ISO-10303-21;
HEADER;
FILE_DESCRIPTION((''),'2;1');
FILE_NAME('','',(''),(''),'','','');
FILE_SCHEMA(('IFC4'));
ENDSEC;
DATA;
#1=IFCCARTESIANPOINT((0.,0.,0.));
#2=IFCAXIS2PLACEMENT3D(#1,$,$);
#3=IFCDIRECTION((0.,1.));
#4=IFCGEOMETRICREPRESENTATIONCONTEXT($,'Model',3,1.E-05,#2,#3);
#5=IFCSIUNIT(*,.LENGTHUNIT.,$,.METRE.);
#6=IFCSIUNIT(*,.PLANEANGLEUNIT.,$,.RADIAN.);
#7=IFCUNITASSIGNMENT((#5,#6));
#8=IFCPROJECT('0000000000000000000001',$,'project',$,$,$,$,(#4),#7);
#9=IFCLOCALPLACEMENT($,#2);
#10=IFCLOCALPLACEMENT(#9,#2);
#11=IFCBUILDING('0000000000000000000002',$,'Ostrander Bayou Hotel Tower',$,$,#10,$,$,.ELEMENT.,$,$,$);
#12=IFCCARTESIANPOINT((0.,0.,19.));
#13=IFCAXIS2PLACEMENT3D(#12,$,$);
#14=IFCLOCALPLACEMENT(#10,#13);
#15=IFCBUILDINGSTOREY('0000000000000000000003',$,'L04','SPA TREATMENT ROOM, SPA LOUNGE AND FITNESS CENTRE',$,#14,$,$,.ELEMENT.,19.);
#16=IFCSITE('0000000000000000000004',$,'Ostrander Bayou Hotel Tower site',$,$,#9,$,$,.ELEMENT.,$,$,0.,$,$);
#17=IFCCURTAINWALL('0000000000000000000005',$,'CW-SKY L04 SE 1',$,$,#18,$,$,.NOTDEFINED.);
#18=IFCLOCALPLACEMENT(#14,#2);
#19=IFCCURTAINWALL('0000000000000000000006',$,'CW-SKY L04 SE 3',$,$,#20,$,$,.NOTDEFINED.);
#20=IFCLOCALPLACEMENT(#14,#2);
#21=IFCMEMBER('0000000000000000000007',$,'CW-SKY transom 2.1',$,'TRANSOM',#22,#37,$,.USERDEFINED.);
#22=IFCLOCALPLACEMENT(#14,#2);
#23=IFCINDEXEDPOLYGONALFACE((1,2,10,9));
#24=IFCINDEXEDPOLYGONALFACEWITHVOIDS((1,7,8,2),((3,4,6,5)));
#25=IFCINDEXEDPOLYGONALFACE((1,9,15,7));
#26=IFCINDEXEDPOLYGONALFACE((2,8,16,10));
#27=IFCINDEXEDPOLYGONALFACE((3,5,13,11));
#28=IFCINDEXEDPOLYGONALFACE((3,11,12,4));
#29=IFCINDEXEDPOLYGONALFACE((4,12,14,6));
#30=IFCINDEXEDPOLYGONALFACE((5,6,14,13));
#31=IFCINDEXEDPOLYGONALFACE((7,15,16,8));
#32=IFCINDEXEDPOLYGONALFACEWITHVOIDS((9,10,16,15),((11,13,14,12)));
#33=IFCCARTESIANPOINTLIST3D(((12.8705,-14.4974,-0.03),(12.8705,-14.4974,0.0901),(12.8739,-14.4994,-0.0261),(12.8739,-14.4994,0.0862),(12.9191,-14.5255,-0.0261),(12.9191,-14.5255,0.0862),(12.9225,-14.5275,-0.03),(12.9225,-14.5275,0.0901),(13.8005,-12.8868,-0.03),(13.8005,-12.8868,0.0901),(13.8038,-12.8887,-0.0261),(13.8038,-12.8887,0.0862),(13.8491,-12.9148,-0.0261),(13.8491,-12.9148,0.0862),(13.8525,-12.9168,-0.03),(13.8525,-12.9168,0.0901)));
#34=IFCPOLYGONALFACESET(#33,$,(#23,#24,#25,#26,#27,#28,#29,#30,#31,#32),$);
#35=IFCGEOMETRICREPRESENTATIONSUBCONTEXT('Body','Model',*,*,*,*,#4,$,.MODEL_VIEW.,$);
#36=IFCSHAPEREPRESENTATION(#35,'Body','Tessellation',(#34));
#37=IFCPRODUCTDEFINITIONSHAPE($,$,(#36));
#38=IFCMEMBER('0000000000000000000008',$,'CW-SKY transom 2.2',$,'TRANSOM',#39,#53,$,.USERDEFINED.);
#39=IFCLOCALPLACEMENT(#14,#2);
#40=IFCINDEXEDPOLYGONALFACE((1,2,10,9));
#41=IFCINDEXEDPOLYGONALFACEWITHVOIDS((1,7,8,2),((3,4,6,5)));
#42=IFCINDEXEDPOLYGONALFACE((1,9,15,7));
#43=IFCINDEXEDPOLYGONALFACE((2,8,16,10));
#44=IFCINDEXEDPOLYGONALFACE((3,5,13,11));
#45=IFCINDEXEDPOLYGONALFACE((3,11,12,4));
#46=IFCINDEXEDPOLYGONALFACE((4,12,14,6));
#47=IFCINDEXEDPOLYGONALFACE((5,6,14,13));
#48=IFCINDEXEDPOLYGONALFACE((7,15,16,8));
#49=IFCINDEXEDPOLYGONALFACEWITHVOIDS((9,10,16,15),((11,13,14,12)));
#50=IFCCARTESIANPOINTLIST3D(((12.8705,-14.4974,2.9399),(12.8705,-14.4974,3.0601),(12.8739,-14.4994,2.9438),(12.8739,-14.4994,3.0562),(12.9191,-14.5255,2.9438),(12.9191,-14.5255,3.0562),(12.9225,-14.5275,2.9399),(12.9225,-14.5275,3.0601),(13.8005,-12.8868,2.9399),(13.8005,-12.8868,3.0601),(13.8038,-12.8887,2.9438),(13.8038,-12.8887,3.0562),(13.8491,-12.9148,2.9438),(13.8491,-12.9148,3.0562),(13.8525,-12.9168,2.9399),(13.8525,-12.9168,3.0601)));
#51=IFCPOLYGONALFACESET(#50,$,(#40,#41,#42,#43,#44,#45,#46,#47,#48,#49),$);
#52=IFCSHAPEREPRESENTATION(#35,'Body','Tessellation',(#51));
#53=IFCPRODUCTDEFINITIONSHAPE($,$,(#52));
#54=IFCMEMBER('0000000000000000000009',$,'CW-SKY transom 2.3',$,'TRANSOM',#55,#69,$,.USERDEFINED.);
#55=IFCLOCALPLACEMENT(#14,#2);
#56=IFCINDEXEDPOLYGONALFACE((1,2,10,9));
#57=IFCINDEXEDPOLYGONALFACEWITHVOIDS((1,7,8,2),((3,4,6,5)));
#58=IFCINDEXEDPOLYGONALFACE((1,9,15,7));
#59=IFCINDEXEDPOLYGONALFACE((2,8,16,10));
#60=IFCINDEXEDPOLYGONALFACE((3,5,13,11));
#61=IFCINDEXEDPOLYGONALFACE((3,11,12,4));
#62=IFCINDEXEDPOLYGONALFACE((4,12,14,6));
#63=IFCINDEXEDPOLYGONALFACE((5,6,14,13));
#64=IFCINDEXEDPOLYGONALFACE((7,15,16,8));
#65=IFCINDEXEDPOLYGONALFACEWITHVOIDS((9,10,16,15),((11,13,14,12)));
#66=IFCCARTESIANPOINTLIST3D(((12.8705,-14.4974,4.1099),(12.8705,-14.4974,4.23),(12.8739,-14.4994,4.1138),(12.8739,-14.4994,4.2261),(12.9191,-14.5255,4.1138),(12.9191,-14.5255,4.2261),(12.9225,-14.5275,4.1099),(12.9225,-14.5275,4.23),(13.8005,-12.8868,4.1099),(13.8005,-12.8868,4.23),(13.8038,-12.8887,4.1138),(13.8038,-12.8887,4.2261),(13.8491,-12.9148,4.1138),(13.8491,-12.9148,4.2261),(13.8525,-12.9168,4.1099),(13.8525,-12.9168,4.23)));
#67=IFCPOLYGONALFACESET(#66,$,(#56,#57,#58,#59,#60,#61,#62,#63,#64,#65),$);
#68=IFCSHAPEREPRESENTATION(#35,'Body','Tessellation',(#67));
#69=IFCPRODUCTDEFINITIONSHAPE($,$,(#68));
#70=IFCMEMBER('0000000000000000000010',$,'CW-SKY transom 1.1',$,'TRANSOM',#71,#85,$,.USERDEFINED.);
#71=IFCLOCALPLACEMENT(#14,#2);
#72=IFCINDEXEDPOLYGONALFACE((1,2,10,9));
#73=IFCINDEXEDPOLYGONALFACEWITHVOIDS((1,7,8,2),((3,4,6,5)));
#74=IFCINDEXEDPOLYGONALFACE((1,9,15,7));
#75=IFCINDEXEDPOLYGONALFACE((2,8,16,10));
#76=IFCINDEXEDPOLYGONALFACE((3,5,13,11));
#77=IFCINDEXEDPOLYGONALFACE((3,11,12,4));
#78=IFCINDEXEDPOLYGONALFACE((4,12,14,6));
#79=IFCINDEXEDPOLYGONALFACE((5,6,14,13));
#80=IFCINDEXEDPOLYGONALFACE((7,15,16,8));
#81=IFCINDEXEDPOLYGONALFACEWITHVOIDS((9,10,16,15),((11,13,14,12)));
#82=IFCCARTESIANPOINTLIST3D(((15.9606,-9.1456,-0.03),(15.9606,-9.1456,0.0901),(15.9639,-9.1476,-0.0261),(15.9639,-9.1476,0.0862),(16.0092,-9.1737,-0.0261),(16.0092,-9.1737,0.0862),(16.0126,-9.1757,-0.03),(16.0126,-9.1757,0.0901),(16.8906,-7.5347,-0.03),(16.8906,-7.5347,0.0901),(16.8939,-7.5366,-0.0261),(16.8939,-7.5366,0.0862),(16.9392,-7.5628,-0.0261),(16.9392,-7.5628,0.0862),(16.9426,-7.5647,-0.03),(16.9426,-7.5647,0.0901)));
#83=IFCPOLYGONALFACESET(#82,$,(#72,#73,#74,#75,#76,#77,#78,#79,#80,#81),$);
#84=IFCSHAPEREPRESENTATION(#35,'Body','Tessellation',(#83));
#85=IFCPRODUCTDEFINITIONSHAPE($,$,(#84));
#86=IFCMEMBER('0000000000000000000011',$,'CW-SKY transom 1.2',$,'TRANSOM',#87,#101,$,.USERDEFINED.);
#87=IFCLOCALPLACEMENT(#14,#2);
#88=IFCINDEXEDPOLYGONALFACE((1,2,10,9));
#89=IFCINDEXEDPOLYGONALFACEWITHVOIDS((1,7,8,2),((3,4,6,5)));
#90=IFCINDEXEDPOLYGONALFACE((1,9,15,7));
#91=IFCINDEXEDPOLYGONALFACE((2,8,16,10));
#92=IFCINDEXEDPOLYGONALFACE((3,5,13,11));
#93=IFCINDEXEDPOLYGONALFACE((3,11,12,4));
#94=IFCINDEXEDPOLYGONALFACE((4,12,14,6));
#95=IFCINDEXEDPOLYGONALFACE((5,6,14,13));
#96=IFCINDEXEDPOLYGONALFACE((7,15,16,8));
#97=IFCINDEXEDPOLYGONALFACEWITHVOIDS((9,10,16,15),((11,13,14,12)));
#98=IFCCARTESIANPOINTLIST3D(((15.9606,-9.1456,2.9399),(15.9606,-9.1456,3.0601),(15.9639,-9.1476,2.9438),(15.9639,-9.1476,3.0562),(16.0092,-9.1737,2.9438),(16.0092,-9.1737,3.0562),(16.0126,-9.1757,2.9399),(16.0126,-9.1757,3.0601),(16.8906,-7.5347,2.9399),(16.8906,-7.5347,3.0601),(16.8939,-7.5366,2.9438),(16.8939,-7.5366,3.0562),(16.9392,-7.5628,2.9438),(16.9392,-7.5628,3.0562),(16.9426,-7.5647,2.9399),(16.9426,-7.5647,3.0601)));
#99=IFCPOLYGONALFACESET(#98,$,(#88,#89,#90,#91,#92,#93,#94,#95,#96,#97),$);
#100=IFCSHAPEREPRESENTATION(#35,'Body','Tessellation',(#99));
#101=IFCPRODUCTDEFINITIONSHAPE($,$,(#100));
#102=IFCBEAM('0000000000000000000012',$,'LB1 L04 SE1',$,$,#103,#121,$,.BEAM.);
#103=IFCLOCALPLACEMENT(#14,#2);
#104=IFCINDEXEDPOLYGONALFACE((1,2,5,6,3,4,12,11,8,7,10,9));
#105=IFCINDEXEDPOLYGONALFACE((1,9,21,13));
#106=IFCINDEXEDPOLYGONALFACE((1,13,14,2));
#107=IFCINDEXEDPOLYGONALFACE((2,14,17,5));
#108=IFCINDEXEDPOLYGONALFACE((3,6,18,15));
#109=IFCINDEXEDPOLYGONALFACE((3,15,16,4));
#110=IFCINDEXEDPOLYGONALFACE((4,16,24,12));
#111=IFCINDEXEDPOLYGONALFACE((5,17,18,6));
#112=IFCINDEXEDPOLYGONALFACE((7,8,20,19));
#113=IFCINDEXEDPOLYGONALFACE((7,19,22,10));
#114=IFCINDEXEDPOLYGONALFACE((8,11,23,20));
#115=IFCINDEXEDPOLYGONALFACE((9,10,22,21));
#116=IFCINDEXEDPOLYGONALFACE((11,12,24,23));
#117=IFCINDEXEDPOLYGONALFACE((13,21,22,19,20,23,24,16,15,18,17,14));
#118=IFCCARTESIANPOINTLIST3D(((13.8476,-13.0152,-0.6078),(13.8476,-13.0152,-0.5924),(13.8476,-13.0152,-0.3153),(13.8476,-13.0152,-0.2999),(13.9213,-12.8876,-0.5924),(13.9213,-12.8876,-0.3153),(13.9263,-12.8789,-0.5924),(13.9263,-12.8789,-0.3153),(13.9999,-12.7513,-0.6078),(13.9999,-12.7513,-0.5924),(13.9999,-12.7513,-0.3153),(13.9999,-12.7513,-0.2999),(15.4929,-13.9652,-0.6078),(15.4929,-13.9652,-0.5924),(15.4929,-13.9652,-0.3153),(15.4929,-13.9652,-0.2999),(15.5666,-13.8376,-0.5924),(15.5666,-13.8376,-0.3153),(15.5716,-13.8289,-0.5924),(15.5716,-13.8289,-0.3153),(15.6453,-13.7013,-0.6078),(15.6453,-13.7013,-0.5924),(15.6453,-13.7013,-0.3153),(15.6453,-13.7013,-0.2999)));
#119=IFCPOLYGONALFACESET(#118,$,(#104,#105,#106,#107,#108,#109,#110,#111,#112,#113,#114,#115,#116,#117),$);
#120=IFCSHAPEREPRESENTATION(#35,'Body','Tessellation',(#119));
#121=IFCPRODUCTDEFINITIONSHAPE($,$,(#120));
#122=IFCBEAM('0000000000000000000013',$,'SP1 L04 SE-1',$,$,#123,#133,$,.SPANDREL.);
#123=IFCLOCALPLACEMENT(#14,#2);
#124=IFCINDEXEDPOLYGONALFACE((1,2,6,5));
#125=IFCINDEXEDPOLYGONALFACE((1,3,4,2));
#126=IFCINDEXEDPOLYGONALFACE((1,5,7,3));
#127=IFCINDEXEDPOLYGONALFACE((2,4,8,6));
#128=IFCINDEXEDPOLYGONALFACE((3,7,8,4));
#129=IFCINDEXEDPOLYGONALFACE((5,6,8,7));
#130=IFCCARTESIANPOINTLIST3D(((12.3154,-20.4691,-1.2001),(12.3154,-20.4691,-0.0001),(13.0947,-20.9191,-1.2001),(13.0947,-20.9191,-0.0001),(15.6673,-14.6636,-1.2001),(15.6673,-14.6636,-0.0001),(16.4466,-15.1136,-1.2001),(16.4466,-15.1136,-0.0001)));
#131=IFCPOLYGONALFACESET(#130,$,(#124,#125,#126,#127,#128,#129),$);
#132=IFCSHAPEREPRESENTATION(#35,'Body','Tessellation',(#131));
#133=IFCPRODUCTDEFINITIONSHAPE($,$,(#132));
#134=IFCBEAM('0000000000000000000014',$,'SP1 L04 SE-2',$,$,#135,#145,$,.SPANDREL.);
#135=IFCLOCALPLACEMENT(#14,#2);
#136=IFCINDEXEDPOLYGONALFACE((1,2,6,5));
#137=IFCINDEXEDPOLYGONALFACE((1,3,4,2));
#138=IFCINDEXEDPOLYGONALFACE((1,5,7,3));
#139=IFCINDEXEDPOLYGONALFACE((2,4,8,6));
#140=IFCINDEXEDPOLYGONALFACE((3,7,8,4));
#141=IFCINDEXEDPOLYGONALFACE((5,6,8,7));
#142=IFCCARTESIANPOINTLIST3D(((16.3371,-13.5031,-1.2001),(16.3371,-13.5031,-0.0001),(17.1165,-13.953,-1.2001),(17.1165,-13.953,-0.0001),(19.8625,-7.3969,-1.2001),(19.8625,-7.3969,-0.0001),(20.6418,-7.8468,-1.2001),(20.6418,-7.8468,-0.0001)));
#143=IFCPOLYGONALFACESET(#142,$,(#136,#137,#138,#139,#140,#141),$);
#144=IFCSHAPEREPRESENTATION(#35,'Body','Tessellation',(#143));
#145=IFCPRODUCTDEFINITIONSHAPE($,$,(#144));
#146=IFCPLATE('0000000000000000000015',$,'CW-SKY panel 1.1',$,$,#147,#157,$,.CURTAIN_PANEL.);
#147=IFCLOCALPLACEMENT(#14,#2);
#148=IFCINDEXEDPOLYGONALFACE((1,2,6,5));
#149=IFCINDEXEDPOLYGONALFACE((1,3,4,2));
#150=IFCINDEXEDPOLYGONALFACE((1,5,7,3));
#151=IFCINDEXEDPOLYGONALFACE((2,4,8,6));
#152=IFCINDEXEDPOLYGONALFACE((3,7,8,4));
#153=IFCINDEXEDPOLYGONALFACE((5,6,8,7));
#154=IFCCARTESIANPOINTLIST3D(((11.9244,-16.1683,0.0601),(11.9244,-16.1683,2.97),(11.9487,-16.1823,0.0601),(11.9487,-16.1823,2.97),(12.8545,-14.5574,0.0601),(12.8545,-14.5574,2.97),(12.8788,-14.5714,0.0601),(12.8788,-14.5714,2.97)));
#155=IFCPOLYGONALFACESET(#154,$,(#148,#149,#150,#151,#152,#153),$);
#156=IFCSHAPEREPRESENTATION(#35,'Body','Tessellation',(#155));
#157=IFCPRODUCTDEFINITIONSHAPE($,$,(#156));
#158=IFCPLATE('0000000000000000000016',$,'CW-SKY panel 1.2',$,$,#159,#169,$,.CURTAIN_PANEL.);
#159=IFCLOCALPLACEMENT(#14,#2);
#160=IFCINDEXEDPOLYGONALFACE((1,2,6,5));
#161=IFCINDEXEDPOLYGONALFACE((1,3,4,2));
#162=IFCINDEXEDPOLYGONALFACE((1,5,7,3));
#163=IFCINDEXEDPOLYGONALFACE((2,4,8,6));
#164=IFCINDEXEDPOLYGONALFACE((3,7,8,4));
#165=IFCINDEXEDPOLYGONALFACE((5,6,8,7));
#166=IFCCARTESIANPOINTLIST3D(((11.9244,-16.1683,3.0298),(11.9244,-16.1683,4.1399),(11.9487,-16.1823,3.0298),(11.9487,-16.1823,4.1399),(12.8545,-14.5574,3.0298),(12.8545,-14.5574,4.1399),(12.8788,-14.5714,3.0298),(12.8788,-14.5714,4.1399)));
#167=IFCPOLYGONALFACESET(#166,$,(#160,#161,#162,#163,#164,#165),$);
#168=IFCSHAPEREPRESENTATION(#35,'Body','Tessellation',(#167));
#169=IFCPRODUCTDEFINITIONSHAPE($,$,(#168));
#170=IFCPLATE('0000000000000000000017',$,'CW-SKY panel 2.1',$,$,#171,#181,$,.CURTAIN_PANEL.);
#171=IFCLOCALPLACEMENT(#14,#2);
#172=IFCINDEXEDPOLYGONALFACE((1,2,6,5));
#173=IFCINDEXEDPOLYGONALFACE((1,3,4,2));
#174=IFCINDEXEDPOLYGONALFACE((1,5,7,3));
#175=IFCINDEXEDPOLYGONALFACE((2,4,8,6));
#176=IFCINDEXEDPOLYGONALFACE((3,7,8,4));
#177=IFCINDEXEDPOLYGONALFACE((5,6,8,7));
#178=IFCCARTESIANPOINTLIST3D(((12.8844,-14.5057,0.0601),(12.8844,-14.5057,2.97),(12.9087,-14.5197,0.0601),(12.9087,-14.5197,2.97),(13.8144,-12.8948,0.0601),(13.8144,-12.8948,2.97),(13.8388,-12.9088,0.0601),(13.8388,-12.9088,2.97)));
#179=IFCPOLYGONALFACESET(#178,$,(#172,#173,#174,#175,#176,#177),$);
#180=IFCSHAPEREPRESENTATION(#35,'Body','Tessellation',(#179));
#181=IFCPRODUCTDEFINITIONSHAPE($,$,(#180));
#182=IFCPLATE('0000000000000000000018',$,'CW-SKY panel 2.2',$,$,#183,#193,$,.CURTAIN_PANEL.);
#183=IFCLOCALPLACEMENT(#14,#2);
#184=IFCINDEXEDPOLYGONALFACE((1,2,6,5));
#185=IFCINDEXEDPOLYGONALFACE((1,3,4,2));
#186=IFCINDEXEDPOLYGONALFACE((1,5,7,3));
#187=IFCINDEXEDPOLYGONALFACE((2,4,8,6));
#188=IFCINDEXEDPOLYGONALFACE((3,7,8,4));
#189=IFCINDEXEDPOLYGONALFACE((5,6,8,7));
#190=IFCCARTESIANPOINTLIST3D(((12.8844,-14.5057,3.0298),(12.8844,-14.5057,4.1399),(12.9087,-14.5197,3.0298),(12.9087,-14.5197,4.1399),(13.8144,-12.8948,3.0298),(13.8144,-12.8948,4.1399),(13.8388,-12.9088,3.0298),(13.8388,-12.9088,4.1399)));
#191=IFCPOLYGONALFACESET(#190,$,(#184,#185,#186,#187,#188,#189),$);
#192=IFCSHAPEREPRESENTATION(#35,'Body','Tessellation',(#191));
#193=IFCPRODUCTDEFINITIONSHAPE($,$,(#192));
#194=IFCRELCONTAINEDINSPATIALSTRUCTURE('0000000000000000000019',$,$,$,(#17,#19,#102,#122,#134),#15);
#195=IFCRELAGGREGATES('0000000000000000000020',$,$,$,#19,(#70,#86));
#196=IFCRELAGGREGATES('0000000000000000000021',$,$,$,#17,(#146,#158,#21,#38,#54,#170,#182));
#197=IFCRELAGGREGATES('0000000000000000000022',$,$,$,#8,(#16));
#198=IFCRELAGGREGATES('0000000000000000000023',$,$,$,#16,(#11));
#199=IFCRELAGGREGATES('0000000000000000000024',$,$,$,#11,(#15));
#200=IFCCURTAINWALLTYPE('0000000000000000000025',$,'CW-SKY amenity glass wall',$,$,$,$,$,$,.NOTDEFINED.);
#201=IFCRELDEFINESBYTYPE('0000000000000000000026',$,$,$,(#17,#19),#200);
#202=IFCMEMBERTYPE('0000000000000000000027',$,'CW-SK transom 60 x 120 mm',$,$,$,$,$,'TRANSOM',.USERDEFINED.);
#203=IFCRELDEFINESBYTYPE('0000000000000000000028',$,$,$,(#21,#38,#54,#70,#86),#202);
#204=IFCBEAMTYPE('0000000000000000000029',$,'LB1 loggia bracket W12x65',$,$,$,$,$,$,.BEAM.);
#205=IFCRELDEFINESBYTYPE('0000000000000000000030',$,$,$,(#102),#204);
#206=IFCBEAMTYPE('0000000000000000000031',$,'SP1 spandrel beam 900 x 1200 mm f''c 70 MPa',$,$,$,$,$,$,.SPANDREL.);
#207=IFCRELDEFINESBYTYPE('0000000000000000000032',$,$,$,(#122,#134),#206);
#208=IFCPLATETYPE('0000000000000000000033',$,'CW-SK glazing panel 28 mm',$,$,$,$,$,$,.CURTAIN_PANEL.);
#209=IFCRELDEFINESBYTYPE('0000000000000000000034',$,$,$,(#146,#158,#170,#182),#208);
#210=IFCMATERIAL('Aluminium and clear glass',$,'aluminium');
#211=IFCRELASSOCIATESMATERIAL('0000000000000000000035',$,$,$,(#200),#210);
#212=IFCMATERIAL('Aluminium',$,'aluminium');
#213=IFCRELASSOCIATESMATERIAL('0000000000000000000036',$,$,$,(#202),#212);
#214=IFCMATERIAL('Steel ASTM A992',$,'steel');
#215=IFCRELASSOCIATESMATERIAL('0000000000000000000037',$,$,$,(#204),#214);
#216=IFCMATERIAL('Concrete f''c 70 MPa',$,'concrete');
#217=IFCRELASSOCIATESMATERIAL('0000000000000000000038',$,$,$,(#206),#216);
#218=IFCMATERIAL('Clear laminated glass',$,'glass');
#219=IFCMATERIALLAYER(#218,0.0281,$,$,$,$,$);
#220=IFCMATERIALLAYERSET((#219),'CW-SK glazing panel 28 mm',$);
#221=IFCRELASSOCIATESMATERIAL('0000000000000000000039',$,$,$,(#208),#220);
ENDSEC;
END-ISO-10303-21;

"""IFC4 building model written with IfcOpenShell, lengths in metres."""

from ifc_helpers import new_model, si_unit, direction, frame, origin, origin_2d, place, context, subcontext, project, spatial, rectangle, hollow_rectangle, i_section, extrude, material, layer, layer_set, material_profile, profile_set, type_object, element, aggregate, save


model = new_model("IFC4")

# Units and contexts
model_context = context("Model", 3, precision=1e-05, world=origin(), true_north=direction((0.0, 1.0)))
body_context = subcontext(model_context, "Body", "Model", "MODEL_VIEW")
ifc_project = project(units=[si_unit("LENGTHUNIT", "METRE"), si_unit("PLANEANGLEUNIT", "RADIAN")], contexts=[model_context])

# Site, building, storey
site_placement = place(None, origin())
site = spatial("IfcSite", under=ifc_project, at=site_placement, Name="Ostrander Bayou Hotel Tower site", CompositionType="ELEMENT", RefElevation=0.0)
building_placement = place(site_placement, origin())
building = spatial("IfcBuilding", under=site, at=building_placement, Name="Ostrander Bayou Hotel Tower", CompositionType="ELEMENT")
storey_placement = place(building_placement, frame((0.0, 0.0, 19.0)))
storey = spatial("IfcBuildingStorey", under=building, at=storey_placement, Name="L04", Description="SPA TREATMENT ROOM, SPA LOUNGE AND FITNESS CENTRE", CompositionType="ELEMENT", Elevation=19.0)

# Curtain wall
ifc_material_1 = material(Name="Aluminium and clear glass", Category="aluminium")
curtain_wall_type = type_object("IfcCurtainWallType", Name="CW-SKY amenity glass wall", PredefinedType="NOTDEFINED", material=ifc_material_1)
curtain_wall_1_placement = place(storey_placement, origin())
curtain_wall_1 = element("IfcCurtainWall", 1, at=curtain_wall_1_placement, inside=storey, type_object=curtain_wall_type, Name="CW-SKY L04 SE 1", PredefinedType="NOTDEFINED")

# Curtain wall
curtain_wall_2_placement = place(storey_placement, origin())
curtain_wall_2 = element("IfcCurtainWall", 2, at=curtain_wall_2_placement, inside=storey, type_object=curtain_wall_type, Name="CW-SKY L04 SE 3", PredefinedType="NOTDEFINED")

# Members
ifc_material_2 = material(Name="Aluminium", Category="aluminium")
ifc_material_profile_1 = material_profile(ifc_material_2, hollow_rectangle(XDim=0.0601, YDim=0.1201, WallThickness=0.0039, at=origin_2d()))
ifc_profile_set_1 = profile_set([ifc_material_profile_1], Name="Aluminium")
member_type_1 = type_object("IfcMemberType", Name="CW-SK transom 60 x 120 mm", ElementType="TRANSOM", PredefinedType="USERDEFINED", material=ifc_profile_set_1)
member_1_placement = place(storey_placement, frame((12.8965, -14.5125, 0.03), z_axis=(0.500022, 0.866013, 0.0), x_axis=(-0.866013, 0.500022, 0.0)))
member_1 = element("IfcMember", 3, at=member_1_placement, type_object=member_type_1, Name="CW-SKY transom 2.1", ObjectType="TRANSOM", PredefinedType="USERDEFINED", context=body_context, shape_type="SweptSolid", body=[
    extrude(hollow_rectangle(XDim=0.0601, YDim=0.1201, WallThickness=0.0039, at=origin_2d()), origin(), (0.0, 0.0, 1.0), 1.8599),
])
member_2_placement = place(storey_placement, frame((12.8965, -14.5125, 3.0), z_axis=(0.500022, 0.866013, 0.0), x_axis=(-0.866013, 0.500022, 0.0)))
member_2 = element("IfcMember", 4, at=member_2_placement, type_object=member_type_1, Name="CW-SKY transom 2.2", ObjectType="TRANSOM", PredefinedType="USERDEFINED", context=body_context, shape_type="SweptSolid", body=[
    extrude(hollow_rectangle(XDim=0.0601, YDim=0.1201, WallThickness=0.0039, at=origin_2d()), origin(), (0.0, 0.0, 1.0), 1.8599),
])
member_3_placement = place(storey_placement, frame((12.8965, -14.5125, 4.1699), z_axis=(0.500022, 0.866013, 0.0), x_axis=(-0.866013, 0.500022, 0.0)))
member_3 = element("IfcMember", 5, at=member_3_placement, type_object=member_type_1, Name="CW-SKY transom 2.3", ObjectType="TRANSOM", PredefinedType="USERDEFINED", context=body_context, shape_type="SweptSolid", body=[
    extrude(hollow_rectangle(XDim=0.0601, YDim=0.1201, WallThickness=0.0039, at=origin_2d()), origin(), (0.0, 0.0, 1.0), 1.8599),
])
member_4_placement = place(storey_placement, frame((15.9866, -9.1606, 0.03), z_axis=(0.499965, 0.866046, 0.0), x_axis=(-0.866046, 0.499965, 0.0)))
member_4 = element("IfcMember", 6, at=member_4_placement, type_object=member_type_1, Name="CW-SKY transom 1.1", ObjectType="TRANSOM", PredefinedType="USERDEFINED", context=body_context, shape_type="SweptSolid", body=[
    extrude(hollow_rectangle(XDim=0.0601, YDim=0.1201, WallThickness=0.0039, at=origin_2d()), origin(), (0.0, 0.0, 1.0), 1.8601),
])
member_5_placement = place(storey_placement, frame((15.9866, -9.1606, 3.0), z_axis=(0.499965, 0.866046, 0.0), x_axis=(-0.866046, 0.499965, 0.0)))
member_5 = element("IfcMember", 7, at=member_5_placement, type_object=member_type_1, Name="CW-SKY transom 1.2", ObjectType="TRANSOM", PredefinedType="USERDEFINED", context=body_context, shape_type="SweptSolid", body=[
    extrude(hollow_rectangle(XDim=0.0601, YDim=0.1201, WallThickness=0.0039, at=origin_2d()), origin(), (0.0, 0.0, 1.0), 1.8601),
])
aggregate(curtain_wall_2, [member_4, member_5])

# Beams
ifc_material_3 = material(Name="Steel ASTM A992", Category="steel")
ifc_material_profile_2 = material_profile(ifc_material_3, i_section(OverallWidth=0.3047, OverallDepth=0.3079, WebThickness=0.01, FlangeThickness=0.0154, at=origin_2d()))
ifc_profile_set_2 = profile_set([ifc_material_profile_2], Name="Steel ASTM A992")
beam_type_1 = type_object("IfcBeamType", Name="LB1 loggia bracket W12x65", PredefinedType="BEAM", material=ifc_profile_set_2)
beam_1_placement = place(storey_placement, frame((15.5691, -13.8333, -0.4539), z_axis=(-0.866012, 0.500023, 0.0), x_axis=(-0.500023, -0.866012, 0.0)))
element("IfcBeam", 8, at=beam_1_placement, inside=storey, type_object=beam_type_1, Name="LB1 L04 SE1", PredefinedType="BEAM", context=body_context, shape_type="SweptSolid", body=[
    extrude(i_section(OverallWidth=0.3047, OverallDepth=0.3079, WebThickness=0.01, FlangeThickness=0.0154, at=origin_2d()), origin(), (0.0, 0.0, 1.0), 1.8999),
])
ifc_material_4 = material(Name="Concrete f'c 70 MPa", Category="concrete")
ifc_material_profile_3 = material_profile(ifc_material_4, rectangle(XDim=0.8999, YDim=1.2, at=origin_2d()))
ifc_profile_set_3 = profile_set([ifc_material_profile_3], Name="Concrete f'c 70 MPa")
beam_type_2 = type_object("IfcBeamType", Name="SP1 spandrel beam 900 x 1200 mm f'c 70 MPa", PredefinedType="SPANDREL", material=ifc_profile_set_3)
beam_2_placement = place(storey_placement, frame((12.7051, -20.6941, -0.6001), z_axis=(0.500005, 0.866022, 0.0), x_axis=(-0.866022, 0.500005, 0.0)))
element("IfcBeam", 9, at=beam_2_placement, inside=storey, type_object=beam_type_2, Name="SP1 L04 SE-1", PredefinedType="SPANDREL", context=body_context, shape_type="SweptSolid", body=[
    extrude(rectangle(XDim=0.8999, YDim=1.2, at=origin_2d()), origin(), (0.0, 0.0, 1.0), 6.7036),
])
beam_3_placement = place(storey_placement, frame((16.7268, -13.728, -0.6001), z_axis=(0.499997, 0.866027, 0.0), x_axis=(-0.866027, 0.499997, 0.0)))
element("IfcBeam", 10, at=beam_3_placement, inside=storey, type_object=beam_type_2, Name="SP1 L04 SE-2", PredefinedType="SPANDREL", context=body_context, shape_type="SweptSolid", body=[
    extrude(rectangle(XDim=0.8999, YDim=1.2, at=origin_2d()), origin(), (0.0, 0.0, 1.0), 7.0508),
])

# Plates
ifc_material_5 = material(Name="Clear laminated glass", Category="glass")
ifc_layer_1 = layer(ifc_material_5, 0.0281)
ifc_layer_set_1 = layer_set([ifc_layer_1], Name="CW-SK glazing panel 28 mm")
plate_type = type_object("IfcPlateType", Name="CW-SK glazing panel 28 mm", PredefinedType="CURTAIN_PANEL", material=ifc_layer_set_1)
plate_1_placement = place(storey_placement, frame((12.4016, -15.3699, 0.0601), z_axis=(0.0, 0.0, 1.0), x_axis=(0.5, 0.866025, 0.0)))
plate_1 = element("IfcPlate", 11, at=plate_1_placement, type_object=plate_type, Name="CW-SKY panel 1.1", PredefinedType="CURTAIN_PANEL", context=body_context, shape_type="SweptSolid", body=[
    extrude(rectangle(XDim=1.8601, YDim=0.0281, at=origin_2d()), origin(), (0.0, 0.0, 1.0), 2.9099),
])
plate_2_placement = place(storey_placement, frame((12.4016, -15.3699, 3.0298), z_axis=(0.0, 0.0, 1.0), x_axis=(0.5, 0.866025, 0.0)))
plate_2 = element("IfcPlate", 12, at=plate_2_placement, type_object=plate_type, Name="CW-SKY panel 1.2", PredefinedType="CURTAIN_PANEL", context=body_context, shape_type="SweptSolid", body=[
    extrude(rectangle(XDim=1.8601, YDim=0.0281, at=origin_2d()), origin(), (0.0, 0.0, 1.0), 1.1101),
])
plate_3_placement = place(storey_placement, frame((13.3616, -13.7073, 0.0601), z_axis=(0.0, 0.0, 1.0), x_axis=(0.5, 0.866025, 0.0)))
plate_3 = element("IfcPlate", 13, at=plate_3_placement, type_object=plate_type, Name="CW-SKY panel 2.1", PredefinedType="CURTAIN_PANEL", context=body_context, shape_type="SweptSolid", body=[
    extrude(rectangle(XDim=1.8601, YDim=0.0281, at=origin_2d()), origin(), (0.0, 0.0, 1.0), 2.9099),
])
plate_4_placement = place(storey_placement, frame((13.3616, -13.7073, 3.0298), z_axis=(0.0, 0.0, 1.0), x_axis=(0.5, 0.866025, 0.0)))
plate_4 = element("IfcPlate", 14, at=plate_4_placement, type_object=plate_type, Name="CW-SKY panel 2.2", PredefinedType="CURTAIN_PANEL", context=body_context, shape_type="SweptSolid", body=[
    extrude(rectangle(XDim=1.8601, YDim=0.0281, at=origin_2d()), origin(), (0.0, 0.0, 1.0), 1.1101),
])
aggregate(curtain_wall_1, [plate_1, plate_2, member_1, member_2, member_3, plate_3, plate_4])

save(model, "model.ifc")
